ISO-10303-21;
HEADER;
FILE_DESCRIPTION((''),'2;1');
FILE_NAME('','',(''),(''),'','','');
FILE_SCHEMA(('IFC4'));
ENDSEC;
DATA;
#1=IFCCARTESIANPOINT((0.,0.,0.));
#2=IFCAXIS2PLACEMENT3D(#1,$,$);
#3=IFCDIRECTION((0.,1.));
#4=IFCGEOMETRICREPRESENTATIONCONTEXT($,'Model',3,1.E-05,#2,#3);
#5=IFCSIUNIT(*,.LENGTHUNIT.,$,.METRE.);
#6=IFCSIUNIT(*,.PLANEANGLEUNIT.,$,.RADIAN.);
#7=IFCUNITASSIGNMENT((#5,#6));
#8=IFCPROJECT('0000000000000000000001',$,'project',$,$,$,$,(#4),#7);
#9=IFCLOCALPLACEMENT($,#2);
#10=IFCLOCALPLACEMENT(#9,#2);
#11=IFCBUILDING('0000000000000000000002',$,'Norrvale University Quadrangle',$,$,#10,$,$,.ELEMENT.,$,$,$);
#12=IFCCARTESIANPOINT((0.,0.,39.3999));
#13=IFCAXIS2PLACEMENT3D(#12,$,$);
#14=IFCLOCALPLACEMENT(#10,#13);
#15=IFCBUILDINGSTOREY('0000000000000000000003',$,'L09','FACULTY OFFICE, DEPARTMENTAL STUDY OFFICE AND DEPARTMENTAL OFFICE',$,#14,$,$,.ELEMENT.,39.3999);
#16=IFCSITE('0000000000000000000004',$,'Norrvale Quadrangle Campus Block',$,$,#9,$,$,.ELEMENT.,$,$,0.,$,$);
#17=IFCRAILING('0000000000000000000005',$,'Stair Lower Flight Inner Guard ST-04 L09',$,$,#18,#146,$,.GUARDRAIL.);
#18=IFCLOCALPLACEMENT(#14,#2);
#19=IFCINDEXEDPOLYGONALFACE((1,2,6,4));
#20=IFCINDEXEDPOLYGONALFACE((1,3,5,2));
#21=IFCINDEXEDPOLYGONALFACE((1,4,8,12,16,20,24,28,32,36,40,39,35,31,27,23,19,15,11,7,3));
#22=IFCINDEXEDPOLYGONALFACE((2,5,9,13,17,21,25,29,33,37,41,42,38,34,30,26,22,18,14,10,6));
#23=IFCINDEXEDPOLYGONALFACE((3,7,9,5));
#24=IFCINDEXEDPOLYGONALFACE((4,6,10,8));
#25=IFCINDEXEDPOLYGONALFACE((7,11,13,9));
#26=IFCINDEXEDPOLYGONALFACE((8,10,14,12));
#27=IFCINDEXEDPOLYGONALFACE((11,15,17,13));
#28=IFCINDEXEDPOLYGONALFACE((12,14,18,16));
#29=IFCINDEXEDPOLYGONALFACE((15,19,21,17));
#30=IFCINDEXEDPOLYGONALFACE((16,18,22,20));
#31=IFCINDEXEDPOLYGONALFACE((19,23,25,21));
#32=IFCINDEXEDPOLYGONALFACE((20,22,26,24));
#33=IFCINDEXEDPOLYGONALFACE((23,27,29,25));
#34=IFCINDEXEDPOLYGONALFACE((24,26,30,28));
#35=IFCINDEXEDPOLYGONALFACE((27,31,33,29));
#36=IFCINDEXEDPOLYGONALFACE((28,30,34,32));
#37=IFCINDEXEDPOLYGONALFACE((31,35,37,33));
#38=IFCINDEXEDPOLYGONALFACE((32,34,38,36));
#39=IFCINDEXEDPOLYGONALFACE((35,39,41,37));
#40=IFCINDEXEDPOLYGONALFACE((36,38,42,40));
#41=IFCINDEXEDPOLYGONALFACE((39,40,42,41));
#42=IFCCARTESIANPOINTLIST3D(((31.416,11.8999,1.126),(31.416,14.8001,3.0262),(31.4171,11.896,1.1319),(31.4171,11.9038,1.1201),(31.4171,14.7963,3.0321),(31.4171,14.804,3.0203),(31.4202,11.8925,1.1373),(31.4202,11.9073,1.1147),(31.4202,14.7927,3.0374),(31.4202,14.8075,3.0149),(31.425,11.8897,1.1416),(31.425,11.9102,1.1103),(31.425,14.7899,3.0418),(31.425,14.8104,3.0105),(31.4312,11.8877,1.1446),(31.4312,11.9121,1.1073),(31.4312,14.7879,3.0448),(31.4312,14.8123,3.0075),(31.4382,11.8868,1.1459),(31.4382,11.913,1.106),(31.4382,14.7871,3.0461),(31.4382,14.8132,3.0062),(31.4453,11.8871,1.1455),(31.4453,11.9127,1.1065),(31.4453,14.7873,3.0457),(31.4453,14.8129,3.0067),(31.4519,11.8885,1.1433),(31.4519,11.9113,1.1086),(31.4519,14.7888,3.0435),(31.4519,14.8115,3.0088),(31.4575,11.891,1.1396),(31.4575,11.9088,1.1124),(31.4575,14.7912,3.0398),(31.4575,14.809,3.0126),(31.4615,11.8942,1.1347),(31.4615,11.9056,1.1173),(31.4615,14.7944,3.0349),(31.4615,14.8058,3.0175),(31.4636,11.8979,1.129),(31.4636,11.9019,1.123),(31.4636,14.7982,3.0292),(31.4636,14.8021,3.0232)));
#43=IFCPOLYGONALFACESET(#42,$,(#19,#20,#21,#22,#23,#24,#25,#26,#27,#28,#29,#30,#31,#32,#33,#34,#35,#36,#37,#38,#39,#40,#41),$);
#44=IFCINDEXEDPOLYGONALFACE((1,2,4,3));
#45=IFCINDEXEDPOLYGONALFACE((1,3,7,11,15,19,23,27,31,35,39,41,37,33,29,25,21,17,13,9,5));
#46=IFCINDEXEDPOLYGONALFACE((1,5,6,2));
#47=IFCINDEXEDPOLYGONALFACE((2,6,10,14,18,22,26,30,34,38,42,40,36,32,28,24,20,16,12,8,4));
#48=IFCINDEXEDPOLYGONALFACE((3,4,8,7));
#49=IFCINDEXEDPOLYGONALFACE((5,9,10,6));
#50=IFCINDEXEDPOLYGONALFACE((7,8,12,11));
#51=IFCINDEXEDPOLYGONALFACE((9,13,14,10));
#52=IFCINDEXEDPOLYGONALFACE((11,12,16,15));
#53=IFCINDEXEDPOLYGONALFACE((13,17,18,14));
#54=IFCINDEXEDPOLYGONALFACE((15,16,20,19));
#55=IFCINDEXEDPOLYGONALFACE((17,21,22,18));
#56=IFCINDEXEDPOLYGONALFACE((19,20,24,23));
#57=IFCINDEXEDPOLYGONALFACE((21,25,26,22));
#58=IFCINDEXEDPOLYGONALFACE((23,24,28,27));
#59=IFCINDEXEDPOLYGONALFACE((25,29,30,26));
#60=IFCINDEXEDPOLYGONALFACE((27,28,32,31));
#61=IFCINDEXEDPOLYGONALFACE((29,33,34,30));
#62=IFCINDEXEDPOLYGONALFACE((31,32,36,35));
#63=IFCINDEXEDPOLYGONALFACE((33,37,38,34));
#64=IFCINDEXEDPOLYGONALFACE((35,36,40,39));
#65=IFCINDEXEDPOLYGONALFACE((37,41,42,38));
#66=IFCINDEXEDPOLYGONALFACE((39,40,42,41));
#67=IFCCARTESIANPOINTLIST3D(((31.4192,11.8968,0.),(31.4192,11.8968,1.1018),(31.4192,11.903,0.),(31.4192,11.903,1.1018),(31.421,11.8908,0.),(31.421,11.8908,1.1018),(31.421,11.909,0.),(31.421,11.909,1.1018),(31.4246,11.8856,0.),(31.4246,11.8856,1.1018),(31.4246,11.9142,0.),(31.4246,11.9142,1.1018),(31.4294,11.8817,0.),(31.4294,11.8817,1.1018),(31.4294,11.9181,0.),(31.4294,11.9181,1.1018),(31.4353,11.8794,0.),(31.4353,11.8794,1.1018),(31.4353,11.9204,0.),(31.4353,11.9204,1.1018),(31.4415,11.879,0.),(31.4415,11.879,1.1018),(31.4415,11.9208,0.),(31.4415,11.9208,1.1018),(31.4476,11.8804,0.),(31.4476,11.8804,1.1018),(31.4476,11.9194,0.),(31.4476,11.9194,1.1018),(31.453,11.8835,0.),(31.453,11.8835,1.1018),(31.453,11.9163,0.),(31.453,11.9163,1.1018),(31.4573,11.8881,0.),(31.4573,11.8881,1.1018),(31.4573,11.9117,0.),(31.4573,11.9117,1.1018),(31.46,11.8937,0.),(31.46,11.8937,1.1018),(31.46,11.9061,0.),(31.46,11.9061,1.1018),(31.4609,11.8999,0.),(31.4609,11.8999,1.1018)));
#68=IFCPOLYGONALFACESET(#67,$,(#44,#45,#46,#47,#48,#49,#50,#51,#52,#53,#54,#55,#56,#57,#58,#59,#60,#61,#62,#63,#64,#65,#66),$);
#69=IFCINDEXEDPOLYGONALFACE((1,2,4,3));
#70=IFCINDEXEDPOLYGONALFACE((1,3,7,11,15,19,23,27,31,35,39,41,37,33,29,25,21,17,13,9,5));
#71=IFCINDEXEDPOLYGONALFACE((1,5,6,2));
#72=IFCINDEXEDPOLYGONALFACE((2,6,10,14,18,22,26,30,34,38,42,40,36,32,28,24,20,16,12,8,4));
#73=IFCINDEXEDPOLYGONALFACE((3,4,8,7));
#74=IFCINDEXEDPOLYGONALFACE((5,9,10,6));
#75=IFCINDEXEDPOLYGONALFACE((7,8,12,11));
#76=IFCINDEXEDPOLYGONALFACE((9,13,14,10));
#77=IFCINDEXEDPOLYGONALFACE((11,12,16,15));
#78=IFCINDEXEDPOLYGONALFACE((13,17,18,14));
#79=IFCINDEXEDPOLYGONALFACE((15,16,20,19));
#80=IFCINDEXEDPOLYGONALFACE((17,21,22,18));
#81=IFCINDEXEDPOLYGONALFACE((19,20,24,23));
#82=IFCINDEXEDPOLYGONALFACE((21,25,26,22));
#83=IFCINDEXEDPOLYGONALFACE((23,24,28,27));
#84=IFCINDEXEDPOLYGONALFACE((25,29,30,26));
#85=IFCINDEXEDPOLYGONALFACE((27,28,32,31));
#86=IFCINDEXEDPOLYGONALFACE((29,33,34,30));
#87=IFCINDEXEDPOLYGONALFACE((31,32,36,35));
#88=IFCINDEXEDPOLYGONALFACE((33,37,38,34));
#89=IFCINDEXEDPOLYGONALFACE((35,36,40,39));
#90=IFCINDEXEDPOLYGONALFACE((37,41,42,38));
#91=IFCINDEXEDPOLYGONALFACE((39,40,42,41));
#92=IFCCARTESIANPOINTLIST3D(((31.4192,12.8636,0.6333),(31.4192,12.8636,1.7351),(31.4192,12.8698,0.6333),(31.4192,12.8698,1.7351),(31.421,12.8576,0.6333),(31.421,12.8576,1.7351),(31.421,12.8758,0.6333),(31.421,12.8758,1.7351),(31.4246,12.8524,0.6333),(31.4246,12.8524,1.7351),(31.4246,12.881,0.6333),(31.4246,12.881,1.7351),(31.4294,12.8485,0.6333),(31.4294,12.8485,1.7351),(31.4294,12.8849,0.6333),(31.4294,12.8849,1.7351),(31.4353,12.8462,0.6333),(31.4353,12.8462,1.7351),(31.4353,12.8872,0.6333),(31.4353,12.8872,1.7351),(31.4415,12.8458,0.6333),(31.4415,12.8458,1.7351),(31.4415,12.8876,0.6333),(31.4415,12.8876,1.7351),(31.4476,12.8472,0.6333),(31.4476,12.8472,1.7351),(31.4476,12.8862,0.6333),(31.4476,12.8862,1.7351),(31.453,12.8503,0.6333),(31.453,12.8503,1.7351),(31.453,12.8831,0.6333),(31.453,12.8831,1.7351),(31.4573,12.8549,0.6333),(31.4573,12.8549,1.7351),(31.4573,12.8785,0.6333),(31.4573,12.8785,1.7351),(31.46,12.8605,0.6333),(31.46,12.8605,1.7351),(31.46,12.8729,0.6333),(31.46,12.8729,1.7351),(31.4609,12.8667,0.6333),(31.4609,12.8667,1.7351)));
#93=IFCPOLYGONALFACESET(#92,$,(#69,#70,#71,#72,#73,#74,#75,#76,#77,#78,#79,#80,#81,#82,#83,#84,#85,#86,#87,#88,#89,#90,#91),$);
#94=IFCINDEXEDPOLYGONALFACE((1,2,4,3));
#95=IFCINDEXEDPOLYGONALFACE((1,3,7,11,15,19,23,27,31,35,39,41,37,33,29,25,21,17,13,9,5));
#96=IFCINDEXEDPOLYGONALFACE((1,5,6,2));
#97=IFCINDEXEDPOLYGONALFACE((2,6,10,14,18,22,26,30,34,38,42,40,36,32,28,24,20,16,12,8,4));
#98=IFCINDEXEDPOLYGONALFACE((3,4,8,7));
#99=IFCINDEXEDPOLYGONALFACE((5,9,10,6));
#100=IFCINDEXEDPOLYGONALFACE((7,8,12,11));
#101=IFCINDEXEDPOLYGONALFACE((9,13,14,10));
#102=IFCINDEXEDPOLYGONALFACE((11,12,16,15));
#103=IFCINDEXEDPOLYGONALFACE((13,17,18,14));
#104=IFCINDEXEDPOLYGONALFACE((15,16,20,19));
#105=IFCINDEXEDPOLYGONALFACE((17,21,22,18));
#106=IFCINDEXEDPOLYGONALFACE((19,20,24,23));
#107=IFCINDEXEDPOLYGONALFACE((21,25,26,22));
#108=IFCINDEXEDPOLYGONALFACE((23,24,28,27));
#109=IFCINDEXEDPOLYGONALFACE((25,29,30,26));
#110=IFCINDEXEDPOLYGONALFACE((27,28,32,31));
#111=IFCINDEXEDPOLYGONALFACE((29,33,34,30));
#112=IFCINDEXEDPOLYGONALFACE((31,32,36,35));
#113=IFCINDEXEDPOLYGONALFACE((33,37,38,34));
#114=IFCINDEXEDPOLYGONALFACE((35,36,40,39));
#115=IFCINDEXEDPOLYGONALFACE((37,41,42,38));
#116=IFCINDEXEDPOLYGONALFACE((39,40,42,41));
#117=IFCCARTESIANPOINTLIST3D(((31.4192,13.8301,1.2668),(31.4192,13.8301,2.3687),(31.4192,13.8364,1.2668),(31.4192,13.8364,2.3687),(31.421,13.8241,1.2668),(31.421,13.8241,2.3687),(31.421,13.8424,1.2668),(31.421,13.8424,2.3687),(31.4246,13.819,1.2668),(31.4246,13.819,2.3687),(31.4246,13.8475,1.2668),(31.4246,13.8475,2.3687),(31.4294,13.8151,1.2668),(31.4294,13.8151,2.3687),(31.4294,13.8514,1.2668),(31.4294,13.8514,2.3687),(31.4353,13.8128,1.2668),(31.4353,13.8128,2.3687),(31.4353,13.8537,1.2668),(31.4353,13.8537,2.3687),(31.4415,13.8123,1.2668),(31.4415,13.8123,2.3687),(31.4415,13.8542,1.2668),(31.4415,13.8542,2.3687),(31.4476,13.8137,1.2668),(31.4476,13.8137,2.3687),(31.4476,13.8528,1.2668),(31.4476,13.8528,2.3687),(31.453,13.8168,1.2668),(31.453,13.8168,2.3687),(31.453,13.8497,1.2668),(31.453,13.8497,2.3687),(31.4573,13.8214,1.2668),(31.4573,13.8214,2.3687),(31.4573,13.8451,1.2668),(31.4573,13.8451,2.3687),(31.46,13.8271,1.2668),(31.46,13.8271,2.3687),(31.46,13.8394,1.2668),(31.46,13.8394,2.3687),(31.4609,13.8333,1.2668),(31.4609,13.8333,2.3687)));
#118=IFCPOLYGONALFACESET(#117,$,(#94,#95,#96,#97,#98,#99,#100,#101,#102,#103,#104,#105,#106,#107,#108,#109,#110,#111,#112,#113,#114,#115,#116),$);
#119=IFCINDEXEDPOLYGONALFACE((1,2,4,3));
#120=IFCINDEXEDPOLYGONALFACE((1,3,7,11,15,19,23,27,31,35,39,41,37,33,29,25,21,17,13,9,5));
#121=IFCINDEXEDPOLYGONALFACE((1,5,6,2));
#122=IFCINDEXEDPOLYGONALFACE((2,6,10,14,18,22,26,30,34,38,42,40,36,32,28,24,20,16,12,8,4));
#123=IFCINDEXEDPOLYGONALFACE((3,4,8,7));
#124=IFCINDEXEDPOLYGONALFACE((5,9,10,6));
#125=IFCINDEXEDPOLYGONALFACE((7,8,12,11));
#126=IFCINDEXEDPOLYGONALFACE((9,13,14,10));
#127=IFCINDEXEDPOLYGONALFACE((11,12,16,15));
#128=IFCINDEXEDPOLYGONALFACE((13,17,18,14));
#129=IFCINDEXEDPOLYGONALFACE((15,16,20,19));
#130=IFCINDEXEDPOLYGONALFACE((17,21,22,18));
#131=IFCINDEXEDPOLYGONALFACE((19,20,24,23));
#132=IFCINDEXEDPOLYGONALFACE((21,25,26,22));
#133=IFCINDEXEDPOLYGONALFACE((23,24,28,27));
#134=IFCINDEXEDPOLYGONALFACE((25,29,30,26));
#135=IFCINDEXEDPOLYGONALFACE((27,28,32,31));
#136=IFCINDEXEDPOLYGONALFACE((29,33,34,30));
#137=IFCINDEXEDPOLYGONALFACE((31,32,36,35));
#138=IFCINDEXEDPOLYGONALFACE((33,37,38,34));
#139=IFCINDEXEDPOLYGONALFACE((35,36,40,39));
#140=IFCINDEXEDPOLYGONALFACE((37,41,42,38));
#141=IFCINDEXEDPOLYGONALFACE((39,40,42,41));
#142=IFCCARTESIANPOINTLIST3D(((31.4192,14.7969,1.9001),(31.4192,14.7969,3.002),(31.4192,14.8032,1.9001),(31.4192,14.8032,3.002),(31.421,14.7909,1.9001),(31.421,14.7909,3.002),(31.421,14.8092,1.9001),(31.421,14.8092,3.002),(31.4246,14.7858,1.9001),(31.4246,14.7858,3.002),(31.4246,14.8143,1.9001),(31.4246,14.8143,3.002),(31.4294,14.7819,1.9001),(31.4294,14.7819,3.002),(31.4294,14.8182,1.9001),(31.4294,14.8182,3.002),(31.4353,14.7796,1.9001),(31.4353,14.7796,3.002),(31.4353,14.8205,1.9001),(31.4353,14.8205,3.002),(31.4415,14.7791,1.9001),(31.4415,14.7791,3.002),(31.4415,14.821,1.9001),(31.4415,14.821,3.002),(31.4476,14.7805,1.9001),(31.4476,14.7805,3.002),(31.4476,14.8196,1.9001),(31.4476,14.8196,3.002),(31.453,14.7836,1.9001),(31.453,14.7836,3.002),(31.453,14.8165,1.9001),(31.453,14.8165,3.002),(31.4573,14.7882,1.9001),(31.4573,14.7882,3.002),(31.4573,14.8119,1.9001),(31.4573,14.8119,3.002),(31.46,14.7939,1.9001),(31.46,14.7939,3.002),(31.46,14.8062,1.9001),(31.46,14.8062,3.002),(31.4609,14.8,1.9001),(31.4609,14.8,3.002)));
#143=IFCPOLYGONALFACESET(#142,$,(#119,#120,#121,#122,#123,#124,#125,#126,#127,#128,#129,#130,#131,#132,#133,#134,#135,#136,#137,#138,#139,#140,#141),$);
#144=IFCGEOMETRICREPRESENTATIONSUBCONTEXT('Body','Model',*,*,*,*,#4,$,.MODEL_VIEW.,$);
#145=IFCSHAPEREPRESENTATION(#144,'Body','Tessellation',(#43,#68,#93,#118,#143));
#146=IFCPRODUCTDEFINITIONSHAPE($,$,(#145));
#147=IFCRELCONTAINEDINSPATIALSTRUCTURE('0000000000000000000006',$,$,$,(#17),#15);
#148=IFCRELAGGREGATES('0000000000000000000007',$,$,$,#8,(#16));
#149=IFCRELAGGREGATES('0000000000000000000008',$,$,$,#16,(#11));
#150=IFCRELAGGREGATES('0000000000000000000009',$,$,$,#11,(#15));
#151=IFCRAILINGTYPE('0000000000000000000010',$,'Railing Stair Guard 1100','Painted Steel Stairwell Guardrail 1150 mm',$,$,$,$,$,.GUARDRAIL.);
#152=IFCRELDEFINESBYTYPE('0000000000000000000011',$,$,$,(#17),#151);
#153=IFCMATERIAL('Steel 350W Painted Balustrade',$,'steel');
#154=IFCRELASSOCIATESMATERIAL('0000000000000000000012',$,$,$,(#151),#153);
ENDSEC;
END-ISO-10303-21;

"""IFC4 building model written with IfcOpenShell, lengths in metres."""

from ifc_helpers import new_model, si_unit, direction, frame, origin, origin_2d, place, context, subcontext, project, spatial, circle, extrude, material, type_object, element, save


model = new_model("IFC4")

# Units and contexts
model_context = context("Model", 3, precision=1e-05, world=origin(), true_north=direction((0.0, 1.0)))
body_context = subcontext(model_context, "Body", "Model", "MODEL_VIEW")
ifc_project = project(units=[si_unit("LENGTHUNIT", "METRE"), si_unit("PLANEANGLEUNIT", "RADIAN")], contexts=[model_context])

# Site, building, storey
site_placement = place(None, origin())
site = spatial("IfcSite", under=ifc_project, at=site_placement, Name="Norrvale Quadrangle Campus Block", CompositionType="ELEMENT", RefElevation=0.0)
building_placement = place(site_placement, origin())
building = spatial("IfcBuilding", under=site, at=building_placement, Name="Norrvale University Quadrangle", CompositionType="ELEMENT")
storey_placement = place(building_placement, frame((0.0, 0.0, 39.3999)))
storey = spatial("IfcBuildingStorey", under=building, at=storey_placement, Name="L09", Description="FACULTY OFFICE, DEPARTMENTAL STUDY OFFICE AND DEPARTMENTAL OFFICE", CompositionType="ELEMENT", Elevation=39.3999)

# Railing
ifc_material_1 = material(Name="Steel 350W Painted Balustrade", Category="steel")
railing_type_1 = type_object("IfcRailingType", Name="Railing Stair Guard 1100", Description="Painted Steel Stairwell Guardrail 1150 mm", PredefinedType="GUARDRAIL", material=ifc_material_1)
railing_1_placement = place(storey_placement, frame((31.4399, 11.8999, 0.0)))
element("IfcRailing", 1, at=railing_1_placement, inside=storey, type_object=railing_type_1, Name="Stair Lower Flight Inner Guard ST-04 L09", PredefinedType="GUARDRAIL", context=body_context, shape_type="SweptSolid", body=[
    extrude(circle(Radius=0.0239, at=origin_2d()), frame((0.0, 0.0, 1.126), z_axis=(0.0, 0.836454, 0.548036), x_axis=(-1.0, 0.0, 0.0)), (0.0, 0.0, 1.0), 3.4673),
    extrude(circle(Radius=0.021, at=origin_2d()), origin(), (0.0, 0.0, 1.0), 1.1018),
    extrude(circle(Radius=0.021, at=origin_2d()), frame((0.0, 0.9668, 0.6333)), (0.0, 0.0, 1.0), 1.1018),
    extrude(circle(Radius=0.021, at=origin_2d()), frame((0.0, 1.9333, 1.2668)), (0.0, 0.0, 1.0), 1.1018),
    extrude(circle(Radius=0.021, at=origin_2d()), frame((0.0, 2.9001, 1.9001)), (0.0, 0.0, 1.0), 1.1018),
])

save(model, "model.ifc")
